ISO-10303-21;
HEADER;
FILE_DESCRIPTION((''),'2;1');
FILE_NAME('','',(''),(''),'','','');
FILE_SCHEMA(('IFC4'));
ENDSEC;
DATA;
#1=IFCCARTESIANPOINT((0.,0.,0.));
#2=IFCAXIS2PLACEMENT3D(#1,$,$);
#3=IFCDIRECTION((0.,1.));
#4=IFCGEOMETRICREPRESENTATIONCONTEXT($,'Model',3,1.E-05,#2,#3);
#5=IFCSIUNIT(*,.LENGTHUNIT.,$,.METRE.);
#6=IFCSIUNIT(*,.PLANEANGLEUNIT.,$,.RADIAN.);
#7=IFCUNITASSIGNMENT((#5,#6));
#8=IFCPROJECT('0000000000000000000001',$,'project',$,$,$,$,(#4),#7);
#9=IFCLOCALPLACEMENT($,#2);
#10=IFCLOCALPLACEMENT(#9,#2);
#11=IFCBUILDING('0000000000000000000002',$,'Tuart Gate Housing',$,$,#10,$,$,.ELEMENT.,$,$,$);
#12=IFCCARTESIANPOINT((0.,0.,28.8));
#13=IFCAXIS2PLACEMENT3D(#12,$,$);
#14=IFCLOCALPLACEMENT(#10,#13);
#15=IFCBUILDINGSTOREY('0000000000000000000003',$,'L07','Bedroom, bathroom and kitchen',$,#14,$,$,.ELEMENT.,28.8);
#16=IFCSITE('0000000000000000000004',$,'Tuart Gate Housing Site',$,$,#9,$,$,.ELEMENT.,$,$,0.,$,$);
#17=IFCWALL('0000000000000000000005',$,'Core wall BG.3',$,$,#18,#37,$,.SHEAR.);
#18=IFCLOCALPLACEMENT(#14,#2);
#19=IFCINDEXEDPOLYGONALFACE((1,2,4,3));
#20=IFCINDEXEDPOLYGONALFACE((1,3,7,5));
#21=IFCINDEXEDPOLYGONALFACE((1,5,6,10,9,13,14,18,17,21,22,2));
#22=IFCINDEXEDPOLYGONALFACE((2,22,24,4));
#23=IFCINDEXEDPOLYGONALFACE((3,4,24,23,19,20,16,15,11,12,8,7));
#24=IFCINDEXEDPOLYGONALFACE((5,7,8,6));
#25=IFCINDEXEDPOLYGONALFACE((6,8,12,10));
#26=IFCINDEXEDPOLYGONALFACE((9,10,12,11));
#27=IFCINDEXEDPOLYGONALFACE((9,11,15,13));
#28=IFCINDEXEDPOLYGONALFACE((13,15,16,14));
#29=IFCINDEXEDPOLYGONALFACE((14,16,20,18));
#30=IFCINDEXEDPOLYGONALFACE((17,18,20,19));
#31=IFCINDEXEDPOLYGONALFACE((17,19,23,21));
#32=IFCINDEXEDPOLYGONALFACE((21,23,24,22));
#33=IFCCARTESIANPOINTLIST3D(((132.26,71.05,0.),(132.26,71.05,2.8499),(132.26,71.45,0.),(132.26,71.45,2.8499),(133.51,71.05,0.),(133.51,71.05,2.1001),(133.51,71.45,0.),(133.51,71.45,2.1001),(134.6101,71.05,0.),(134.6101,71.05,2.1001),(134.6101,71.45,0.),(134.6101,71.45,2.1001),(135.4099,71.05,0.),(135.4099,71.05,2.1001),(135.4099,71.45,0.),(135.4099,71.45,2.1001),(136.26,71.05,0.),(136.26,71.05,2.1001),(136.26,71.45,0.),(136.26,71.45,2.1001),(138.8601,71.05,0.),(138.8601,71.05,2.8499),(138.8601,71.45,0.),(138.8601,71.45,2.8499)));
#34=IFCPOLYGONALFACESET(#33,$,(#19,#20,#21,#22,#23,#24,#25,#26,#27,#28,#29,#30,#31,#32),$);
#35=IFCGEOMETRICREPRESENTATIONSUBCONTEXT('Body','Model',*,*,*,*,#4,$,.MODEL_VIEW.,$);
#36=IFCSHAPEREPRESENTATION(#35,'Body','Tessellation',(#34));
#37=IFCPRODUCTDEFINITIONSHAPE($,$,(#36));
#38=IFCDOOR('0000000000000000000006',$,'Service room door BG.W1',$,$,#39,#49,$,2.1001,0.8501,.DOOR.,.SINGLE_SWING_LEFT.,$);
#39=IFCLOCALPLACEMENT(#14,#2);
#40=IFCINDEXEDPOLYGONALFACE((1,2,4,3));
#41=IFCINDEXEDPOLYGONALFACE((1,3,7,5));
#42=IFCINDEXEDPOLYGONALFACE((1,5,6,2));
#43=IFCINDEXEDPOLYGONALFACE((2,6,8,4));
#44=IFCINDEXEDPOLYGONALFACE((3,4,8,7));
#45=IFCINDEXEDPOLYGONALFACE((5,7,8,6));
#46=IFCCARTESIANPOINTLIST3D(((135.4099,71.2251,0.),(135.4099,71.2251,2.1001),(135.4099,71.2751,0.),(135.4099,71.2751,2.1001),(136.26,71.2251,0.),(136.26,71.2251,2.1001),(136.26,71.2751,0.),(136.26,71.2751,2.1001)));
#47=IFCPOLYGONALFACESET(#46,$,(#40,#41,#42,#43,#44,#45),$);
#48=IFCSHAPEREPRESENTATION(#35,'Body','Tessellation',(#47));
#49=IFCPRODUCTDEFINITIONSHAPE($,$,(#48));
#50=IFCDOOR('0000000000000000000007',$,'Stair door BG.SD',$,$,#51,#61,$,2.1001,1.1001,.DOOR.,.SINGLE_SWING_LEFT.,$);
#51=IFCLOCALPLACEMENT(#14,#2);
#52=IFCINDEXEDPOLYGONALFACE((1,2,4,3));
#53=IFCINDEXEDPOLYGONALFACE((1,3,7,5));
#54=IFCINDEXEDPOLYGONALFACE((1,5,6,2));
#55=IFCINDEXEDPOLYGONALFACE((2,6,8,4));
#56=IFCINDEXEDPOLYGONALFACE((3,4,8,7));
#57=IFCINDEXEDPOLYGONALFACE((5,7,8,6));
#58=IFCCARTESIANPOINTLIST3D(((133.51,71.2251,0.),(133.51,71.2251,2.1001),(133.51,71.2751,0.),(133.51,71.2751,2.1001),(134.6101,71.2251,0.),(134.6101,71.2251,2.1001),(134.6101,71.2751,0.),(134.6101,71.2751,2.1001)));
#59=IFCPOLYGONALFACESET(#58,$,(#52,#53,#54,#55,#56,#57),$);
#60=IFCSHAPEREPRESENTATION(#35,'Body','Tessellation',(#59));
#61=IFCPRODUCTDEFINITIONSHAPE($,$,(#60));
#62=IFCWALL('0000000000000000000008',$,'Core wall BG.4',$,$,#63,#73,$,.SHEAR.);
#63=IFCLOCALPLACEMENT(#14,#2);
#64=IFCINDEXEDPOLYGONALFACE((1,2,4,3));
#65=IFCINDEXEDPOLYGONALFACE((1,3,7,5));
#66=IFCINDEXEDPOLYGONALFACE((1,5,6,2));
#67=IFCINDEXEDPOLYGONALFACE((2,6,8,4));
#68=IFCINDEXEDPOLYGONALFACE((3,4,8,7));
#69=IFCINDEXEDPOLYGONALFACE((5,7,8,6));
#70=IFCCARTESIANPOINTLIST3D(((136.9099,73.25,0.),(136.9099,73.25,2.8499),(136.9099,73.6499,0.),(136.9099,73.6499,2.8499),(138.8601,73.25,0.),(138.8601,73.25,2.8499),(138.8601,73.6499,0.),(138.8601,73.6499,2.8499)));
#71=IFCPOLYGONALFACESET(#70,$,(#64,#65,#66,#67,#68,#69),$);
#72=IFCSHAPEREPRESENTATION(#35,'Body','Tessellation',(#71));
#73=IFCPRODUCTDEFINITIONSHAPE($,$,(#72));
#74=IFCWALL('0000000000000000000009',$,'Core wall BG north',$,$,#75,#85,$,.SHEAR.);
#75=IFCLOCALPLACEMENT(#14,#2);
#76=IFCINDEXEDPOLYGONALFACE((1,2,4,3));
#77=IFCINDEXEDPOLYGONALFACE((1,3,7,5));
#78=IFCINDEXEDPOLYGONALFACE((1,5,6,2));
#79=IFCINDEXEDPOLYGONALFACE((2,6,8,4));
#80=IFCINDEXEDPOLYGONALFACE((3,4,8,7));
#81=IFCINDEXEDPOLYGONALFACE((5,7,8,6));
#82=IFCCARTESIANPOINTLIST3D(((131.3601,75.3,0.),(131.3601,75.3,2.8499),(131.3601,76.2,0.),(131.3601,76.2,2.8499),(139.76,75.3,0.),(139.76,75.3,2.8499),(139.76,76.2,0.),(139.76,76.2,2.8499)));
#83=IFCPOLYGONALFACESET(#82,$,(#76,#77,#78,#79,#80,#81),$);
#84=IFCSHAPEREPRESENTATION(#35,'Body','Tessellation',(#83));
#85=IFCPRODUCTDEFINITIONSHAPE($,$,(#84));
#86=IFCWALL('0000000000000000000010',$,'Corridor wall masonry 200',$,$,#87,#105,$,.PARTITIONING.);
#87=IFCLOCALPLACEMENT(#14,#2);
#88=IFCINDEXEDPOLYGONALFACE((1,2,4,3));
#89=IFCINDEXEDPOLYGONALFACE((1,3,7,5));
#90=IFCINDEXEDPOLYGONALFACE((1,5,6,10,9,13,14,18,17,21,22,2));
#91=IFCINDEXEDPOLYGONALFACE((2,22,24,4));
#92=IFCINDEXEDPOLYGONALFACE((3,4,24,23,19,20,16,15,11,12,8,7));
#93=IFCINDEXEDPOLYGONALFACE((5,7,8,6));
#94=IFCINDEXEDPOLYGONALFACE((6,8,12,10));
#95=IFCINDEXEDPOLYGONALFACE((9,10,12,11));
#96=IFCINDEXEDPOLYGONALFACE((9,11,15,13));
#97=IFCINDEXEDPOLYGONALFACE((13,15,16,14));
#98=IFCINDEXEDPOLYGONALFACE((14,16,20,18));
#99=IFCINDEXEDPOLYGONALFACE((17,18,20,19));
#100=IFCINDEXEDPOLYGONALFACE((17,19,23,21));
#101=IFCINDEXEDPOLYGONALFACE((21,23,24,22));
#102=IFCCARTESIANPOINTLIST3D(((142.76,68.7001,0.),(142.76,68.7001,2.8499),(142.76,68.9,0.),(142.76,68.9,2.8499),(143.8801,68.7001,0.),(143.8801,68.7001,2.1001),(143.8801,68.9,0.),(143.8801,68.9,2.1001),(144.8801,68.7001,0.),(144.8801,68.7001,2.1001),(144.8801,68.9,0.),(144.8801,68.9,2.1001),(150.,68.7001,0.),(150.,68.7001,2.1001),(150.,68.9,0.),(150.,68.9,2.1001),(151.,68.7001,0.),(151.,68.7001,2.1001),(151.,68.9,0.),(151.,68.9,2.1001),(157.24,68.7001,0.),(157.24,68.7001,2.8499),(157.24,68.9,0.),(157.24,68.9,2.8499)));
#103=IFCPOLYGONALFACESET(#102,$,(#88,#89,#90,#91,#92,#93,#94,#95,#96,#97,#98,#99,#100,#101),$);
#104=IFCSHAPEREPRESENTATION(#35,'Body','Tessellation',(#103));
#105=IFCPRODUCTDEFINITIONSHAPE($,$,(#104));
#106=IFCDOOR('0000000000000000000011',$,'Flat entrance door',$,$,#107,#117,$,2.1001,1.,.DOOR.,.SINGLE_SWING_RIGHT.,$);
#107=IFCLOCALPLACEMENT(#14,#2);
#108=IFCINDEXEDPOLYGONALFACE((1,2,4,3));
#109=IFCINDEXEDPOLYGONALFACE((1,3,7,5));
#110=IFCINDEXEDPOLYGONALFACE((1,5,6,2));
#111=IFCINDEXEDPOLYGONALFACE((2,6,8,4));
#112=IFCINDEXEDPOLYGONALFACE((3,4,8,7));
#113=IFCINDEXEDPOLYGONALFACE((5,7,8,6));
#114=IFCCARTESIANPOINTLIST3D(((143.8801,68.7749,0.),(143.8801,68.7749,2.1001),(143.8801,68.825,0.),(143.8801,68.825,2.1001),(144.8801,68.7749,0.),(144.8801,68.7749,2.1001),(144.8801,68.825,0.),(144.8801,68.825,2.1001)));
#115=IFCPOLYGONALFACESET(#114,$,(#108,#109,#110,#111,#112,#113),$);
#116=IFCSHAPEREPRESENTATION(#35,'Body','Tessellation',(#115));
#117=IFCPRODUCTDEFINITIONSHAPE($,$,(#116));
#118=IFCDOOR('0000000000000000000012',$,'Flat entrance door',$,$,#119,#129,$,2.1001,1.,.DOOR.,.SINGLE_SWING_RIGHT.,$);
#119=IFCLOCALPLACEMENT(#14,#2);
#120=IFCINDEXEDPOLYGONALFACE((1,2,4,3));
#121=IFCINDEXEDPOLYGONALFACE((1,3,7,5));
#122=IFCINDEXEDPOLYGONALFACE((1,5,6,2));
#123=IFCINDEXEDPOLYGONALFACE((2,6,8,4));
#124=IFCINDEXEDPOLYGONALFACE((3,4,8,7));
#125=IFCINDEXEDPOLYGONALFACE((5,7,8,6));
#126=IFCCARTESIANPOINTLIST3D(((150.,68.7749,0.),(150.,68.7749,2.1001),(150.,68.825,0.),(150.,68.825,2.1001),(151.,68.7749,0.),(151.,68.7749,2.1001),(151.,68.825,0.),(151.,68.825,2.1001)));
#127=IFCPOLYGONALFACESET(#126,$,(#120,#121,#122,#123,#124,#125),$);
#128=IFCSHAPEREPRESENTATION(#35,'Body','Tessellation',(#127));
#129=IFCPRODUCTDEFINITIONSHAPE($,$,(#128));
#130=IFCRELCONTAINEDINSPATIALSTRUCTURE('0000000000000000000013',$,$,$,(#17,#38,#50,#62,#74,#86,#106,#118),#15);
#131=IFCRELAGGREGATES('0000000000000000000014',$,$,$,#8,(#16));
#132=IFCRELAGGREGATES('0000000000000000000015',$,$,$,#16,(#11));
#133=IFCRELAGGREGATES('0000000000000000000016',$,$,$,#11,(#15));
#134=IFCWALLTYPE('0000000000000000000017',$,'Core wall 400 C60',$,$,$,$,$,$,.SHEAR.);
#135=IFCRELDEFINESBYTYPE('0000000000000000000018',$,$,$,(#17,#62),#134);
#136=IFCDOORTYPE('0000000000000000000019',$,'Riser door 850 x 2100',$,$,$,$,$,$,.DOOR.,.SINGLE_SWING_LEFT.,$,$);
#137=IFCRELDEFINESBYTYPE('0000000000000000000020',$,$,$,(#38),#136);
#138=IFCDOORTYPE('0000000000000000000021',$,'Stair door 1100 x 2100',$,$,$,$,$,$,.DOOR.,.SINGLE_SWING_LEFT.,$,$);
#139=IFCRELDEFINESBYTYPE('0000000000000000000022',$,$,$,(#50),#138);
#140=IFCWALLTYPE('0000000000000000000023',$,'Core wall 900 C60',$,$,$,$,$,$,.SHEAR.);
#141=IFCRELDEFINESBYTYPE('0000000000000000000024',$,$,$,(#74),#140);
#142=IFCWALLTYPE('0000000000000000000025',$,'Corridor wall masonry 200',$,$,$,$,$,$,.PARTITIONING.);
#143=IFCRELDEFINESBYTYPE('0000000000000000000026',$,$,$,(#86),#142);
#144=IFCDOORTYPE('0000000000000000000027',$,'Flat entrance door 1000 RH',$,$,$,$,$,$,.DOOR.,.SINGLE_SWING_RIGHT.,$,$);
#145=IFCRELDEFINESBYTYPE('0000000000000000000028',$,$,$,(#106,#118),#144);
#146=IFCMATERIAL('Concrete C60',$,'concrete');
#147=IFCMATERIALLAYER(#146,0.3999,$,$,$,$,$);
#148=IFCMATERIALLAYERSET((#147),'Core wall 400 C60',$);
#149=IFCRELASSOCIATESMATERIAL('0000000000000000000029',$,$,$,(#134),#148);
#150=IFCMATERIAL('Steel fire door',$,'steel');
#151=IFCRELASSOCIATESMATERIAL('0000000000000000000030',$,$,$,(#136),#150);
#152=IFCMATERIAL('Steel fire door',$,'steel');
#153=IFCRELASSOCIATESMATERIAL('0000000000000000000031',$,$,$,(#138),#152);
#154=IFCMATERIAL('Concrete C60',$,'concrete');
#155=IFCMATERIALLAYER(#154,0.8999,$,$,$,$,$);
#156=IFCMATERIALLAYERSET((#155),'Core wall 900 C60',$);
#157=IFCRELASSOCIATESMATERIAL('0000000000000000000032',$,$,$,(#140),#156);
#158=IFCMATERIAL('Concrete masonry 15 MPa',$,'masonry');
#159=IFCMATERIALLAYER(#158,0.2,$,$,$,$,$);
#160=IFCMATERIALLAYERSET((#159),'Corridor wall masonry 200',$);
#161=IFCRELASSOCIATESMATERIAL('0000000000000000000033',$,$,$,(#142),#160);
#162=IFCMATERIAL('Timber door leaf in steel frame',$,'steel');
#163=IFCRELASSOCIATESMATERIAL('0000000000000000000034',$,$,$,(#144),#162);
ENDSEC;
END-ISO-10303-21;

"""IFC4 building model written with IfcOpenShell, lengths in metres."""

from ifc_helpers import new_model, si_unit, direction, frame, frame_2d, origin, place, context, subcontext, project, spatial, rectangle, extrude, material, layer, layer_set, type_object, element, fill, save


model = new_model("IFC4")

# Units and contexts
model_context = context("Model", 3, precision=1e-05, world=origin(), true_north=direction((0.0, 1.0)))
body_context = subcontext(model_context, "Body", "Model", "MODEL_VIEW")
ifc_project = project(units=[si_unit("LENGTHUNIT", "METRE"), si_unit("PLANEANGLEUNIT", "RADIAN")], contexts=[model_context])

# Site, building, storey
site_placement = place(None, origin())
site = spatial("IfcSite", under=ifc_project, at=site_placement, Name="Tuart Gate Housing Site", CompositionType="ELEMENT", RefElevation=0.0)
building_placement = place(site_placement, origin())
building = spatial("IfcBuilding", under=site, at=building_placement, Name="Tuart Gate Housing", CompositionType="ELEMENT")
storey_placement = place(building_placement, frame((0.0, 0.0, 28.8)))
storey = spatial("IfcBuildingStorey", under=building, at=storey_placement, Name="L07", Description="Bedroom, bathroom and kitchen", CompositionType="ELEMENT", Elevation=28.8)

# Wall, openings, doors
ifc_material_1 = material(Name="Concrete C60", Category="concrete")
ifc_layer_1 = layer(ifc_material_1, 0.3999)
ifc_layer_set_1 = layer_set([ifc_layer_1], Name="Core wall 400 C60")
wall_type_1 = type_object("IfcWallType", Name="Core wall 400 C60", PredefinedType="SHEAR", material=ifc_layer_set_1)
wall_1_placement = place(storey_placement, frame((138.8601, 71.25, 0.0), z_axis=(0.0, 0.0, 1.0), x_axis=(-1.0, 0.0, 0.0)))
wall_1 = element("IfcWall", 1, at=wall_1_placement, inside=storey, type_object=wall_type_1, Name="Core wall BG.3", PredefinedType="SHEAR", context=body_context, shape_type="SweptSolid", body=[
    extrude(rectangle(XDim=6.6001, YDim=0.3999, at=frame_2d((3.3, 0.0))), origin(), (0.0, 0.0, 1.0), 2.8499),
])
opening_1_placement = place(wall_1_placement, frame((4.25, 0.0, 0.0)))
opening_1 = element("IfcOpeningElement", 2, at=opening_1_placement, cuts=wall_1, PredefinedType="OPENING", context=body_context, shape_type="SweptSolid", body=[
    extrude(rectangle(XDim=1.1001, YDim=2.1001, at=frame_2d((0.55, 1.05))), frame((0.0, 0.21, 0.0), z_axis=(0.0, -1.0, 0.0), x_axis=(1.0, 0.0, 0.0)), (0.0, 0.0, 1.0), 0.4199),
])
opening_2_placement = place(wall_1_placement, frame((2.6001, 0.0, 0.0)))
opening_2 = element("IfcOpeningElement", 3, at=opening_2_placement, cuts=wall_1, PredefinedType="OPENING", context=body_context, shape_type="SweptSolid", body=[
    extrude(rectangle(XDim=0.8501, YDim=2.1001, at=frame_2d((0.425, 1.05))), frame((0.0, 0.21, 0.0), z_axis=(0.0, -1.0, 0.0), x_axis=(1.0, 0.0, 0.0)), (0.0, 0.0, 1.0), 0.4199),
])
ifc_material_2 = material(Name="Steel fire door", Category="steel")
door_type_1 = type_object("IfcDoorType", Name="Riser door 850 x 2100", OperationType="SINGLE_SWING_LEFT", PredefinedType="DOOR", material=ifc_material_2)
door_1_placement = place(opening_2_placement, origin())
door_1 = element("IfcDoor", 4, at=door_1_placement, inside=storey, type_object=door_type_1, Name="Service room door BG.W1", OperationType="SINGLE_SWING_LEFT", OverallHeight=2.1001, OverallWidth=0.8501, PredefinedType="DOOR", context=body_context, shape_type="SweptSolid", body=[
    extrude(rectangle(XDim=0.8501, YDim=2.1001, at=frame_2d((0.425, 1.05))), frame((0.0, 0.0249, 0.0), z_axis=(0.0, -1.0, 0.0), x_axis=(1.0, 0.0, 0.0)), (0.0, 0.0, 1.0), 0.05),
])
fill(opening_2, door_1)
ifc_material_3 = material(Name="Steel fire door", Category="steel")
door_type_2 = type_object("IfcDoorType", Name="Stair door 1100 x 2100", OperationType="SINGLE_SWING_LEFT", PredefinedType="DOOR", material=ifc_material_3)
door_2_placement = place(opening_1_placement, origin())
door_2 = element("IfcDoor", 5, at=door_2_placement, inside=storey, type_object=door_type_2, Name="Stair door BG.SD", OperationType="SINGLE_SWING_LEFT", OverallHeight=2.1001, OverallWidth=1.1001, PredefinedType="DOOR", context=body_context, shape_type="SweptSolid", body=[
    extrude(rectangle(XDim=1.1001, YDim=2.1001, at=frame_2d((0.55, 1.05))), frame((0.0, 0.0249, 0.0), z_axis=(0.0, -1.0, 0.0), x_axis=(1.0, 0.0, 0.0)), (0.0, 0.0, 1.0), 0.05),
])
fill(opening_1, door_2)

# Walls
wall_2_placement = place(storey_placement, frame((138.8601, 73.45, 0.0), z_axis=(0.0, 0.0, 1.0), x_axis=(-1.0, 0.0, 0.0)))
element("IfcWall", 6, at=wall_2_placement, inside=storey, type_object=wall_type_1, Name="Core wall BG.4", PredefinedType="SHEAR", context=body_context, shape_type="SweptSolid", body=[
    extrude(rectangle(XDim=1.9502, YDim=0.3999, at=frame_2d((0.9751, 0.0))), origin(), (0.0, 0.0, 1.0), 2.8499),
])
ifc_material_4 = material(Name="Concrete C60", Category="concrete")
ifc_layer_2 = layer(ifc_material_4, 0.8999)
ifc_layer_set_2 = layer_set([ifc_layer_2], Name="Core wall 900 C60")
wall_type_2 = type_object("IfcWallType", Name="Core wall 900 C60", PredefinedType="SHEAR", material=ifc_layer_set_2)
wall_3_placement = place(storey_placement, frame((139.76, 75.75, 0.0), z_axis=(0.0, 0.0, 1.0), x_axis=(-1.0, 0.0, 0.0)))
element("IfcWall", 7, at=wall_3_placement, inside=storey, type_object=wall_type_2, Name="Core wall BG north", PredefinedType="SHEAR", context=body_context, shape_type="SweptSolid", body=[
    extrude(rectangle(XDim=8.3999, YDim=0.8999, at=frame_2d((4.2, 0.0))), origin(), (0.0, 0.0, 1.0), 2.8499),
])

# Wall, openings, doors
ifc_material_5 = material(Name="Concrete masonry 15 MPa", Category="masonry")
ifc_layer_3 = layer(ifc_material_5, 0.2)
ifc_layer_set_3 = layer_set([ifc_layer_3], Name="Corridor wall masonry 200")
wall_type_3 = type_object("IfcWallType", Name="Corridor wall masonry 200", PredefinedType="PARTITIONING", material=ifc_layer_set_3)
wall_4_placement = place(storey_placement, frame((142.76, 68.8, 0.0), z_axis=(0.0, 0.0, 1.0), x_axis=(1.0, 0.0, 0.0)))
wall_4 = element("IfcWall", 8, at=wall_4_placement, inside=storey, type_object=wall_type_3, Name="Corridor wall masonry 200", PredefinedType="PARTITIONING", context=body_context, shape_type="SweptSolid", body=[
    extrude(rectangle(XDim=14.48, YDim=0.2, at=frame_2d((7.24, 0.0))), origin(), (0.0, 0.0, 1.0), 2.8499),
])
opening_3_placement = place(wall_4_placement, frame((1.1201, 0.0, 0.0)))
opening_3 = element("IfcOpeningElement", 9, at=opening_3_placement, cuts=wall_4, PredefinedType="OPENING", context=body_context, shape_type="SweptSolid", body=[
    extrude(rectangle(XDim=1.0, YDim=2.1001, at=frame_2d((0.5, 1.05))), frame((0.0, 0.1099, 0.0), z_axis=(0.0, -1.0, 0.0), x_axis=(1.0, 0.0, 0.0)), (0.0, 0.0, 1.0), 0.22),
])
opening_4_placement = place(wall_4_placement, frame((7.24, 0.0, 0.0)))
opening_4 = element("IfcOpeningElement", 10, at=opening_4_placement, cuts=wall_4, PredefinedType="OPENING", context=body_context, shape_type="SweptSolid", body=[
    extrude(rectangle(XDim=1.0, YDim=2.1001, at=frame_2d((0.5, 1.05))), frame((0.0, 0.1099, 0.0), z_axis=(0.0, -1.0, 0.0), x_axis=(1.0, 0.0, 0.0)), (0.0, 0.0, 1.0), 0.22),
])
ifc_material_6 = material(Name="Timber door leaf in steel frame", Category="steel")
door_type_3 = type_object("IfcDoorType", Name="Flat entrance door 1000 RH", OperationType="SINGLE_SWING_RIGHT", PredefinedType="DOOR", material=ifc_material_6)
door_3_placement = place(opening_3_placement, frame((1.0, 0.0, 0.0), z_axis=(0.0, 0.0, 1.0), x_axis=(-1.0, 0.0, 0.0)))
door_3 = element("IfcDoor", 11, at=door_3_placement, inside=storey, type_object=door_type_3, Name="Flat entrance door", OperationType="SINGLE_SWING_RIGHT", OverallHeight=2.1001, OverallWidth=1.0, PredefinedType="DOOR", context=body_context, shape_type="SweptSolid", body=[
    extrude(rectangle(XDim=1.0, YDim=2.1001, at=frame_2d((0.5, 1.05))), frame((0.0, 0.0251, 0.0), z_axis=(0.0, -1.0, 0.0), x_axis=(1.0, 0.0, 0.0)), (0.0, 0.0, 1.0), 0.05),
])
fill(opening_3, door_3)
door_4_placement = place(opening_4_placement, frame((1.0, 0.0, 0.0), z_axis=(0.0, 0.0, 1.0), x_axis=(-1.0, 0.0, 0.0)))
door_4 = element("IfcDoor", 12, at=door_4_placement, inside=storey, type_object=door_type_3, Name="Flat entrance door", OperationType="SINGLE_SWING_RIGHT", OverallHeight=2.1001, OverallWidth=1.0, PredefinedType="DOOR", context=body_context, shape_type="SweptSolid", body=[
    extrude(rectangle(XDim=1.0, YDim=2.1001, at=frame_2d((0.5, 1.05))), frame((0.0, 0.0251, 0.0), z_axis=(0.0, -1.0, 0.0), x_axis=(1.0, 0.0, 0.0)), (0.0, 0.0, 1.0), 0.05),
])
fill(opening_4, door_4)

save(model, "model.ifc")
